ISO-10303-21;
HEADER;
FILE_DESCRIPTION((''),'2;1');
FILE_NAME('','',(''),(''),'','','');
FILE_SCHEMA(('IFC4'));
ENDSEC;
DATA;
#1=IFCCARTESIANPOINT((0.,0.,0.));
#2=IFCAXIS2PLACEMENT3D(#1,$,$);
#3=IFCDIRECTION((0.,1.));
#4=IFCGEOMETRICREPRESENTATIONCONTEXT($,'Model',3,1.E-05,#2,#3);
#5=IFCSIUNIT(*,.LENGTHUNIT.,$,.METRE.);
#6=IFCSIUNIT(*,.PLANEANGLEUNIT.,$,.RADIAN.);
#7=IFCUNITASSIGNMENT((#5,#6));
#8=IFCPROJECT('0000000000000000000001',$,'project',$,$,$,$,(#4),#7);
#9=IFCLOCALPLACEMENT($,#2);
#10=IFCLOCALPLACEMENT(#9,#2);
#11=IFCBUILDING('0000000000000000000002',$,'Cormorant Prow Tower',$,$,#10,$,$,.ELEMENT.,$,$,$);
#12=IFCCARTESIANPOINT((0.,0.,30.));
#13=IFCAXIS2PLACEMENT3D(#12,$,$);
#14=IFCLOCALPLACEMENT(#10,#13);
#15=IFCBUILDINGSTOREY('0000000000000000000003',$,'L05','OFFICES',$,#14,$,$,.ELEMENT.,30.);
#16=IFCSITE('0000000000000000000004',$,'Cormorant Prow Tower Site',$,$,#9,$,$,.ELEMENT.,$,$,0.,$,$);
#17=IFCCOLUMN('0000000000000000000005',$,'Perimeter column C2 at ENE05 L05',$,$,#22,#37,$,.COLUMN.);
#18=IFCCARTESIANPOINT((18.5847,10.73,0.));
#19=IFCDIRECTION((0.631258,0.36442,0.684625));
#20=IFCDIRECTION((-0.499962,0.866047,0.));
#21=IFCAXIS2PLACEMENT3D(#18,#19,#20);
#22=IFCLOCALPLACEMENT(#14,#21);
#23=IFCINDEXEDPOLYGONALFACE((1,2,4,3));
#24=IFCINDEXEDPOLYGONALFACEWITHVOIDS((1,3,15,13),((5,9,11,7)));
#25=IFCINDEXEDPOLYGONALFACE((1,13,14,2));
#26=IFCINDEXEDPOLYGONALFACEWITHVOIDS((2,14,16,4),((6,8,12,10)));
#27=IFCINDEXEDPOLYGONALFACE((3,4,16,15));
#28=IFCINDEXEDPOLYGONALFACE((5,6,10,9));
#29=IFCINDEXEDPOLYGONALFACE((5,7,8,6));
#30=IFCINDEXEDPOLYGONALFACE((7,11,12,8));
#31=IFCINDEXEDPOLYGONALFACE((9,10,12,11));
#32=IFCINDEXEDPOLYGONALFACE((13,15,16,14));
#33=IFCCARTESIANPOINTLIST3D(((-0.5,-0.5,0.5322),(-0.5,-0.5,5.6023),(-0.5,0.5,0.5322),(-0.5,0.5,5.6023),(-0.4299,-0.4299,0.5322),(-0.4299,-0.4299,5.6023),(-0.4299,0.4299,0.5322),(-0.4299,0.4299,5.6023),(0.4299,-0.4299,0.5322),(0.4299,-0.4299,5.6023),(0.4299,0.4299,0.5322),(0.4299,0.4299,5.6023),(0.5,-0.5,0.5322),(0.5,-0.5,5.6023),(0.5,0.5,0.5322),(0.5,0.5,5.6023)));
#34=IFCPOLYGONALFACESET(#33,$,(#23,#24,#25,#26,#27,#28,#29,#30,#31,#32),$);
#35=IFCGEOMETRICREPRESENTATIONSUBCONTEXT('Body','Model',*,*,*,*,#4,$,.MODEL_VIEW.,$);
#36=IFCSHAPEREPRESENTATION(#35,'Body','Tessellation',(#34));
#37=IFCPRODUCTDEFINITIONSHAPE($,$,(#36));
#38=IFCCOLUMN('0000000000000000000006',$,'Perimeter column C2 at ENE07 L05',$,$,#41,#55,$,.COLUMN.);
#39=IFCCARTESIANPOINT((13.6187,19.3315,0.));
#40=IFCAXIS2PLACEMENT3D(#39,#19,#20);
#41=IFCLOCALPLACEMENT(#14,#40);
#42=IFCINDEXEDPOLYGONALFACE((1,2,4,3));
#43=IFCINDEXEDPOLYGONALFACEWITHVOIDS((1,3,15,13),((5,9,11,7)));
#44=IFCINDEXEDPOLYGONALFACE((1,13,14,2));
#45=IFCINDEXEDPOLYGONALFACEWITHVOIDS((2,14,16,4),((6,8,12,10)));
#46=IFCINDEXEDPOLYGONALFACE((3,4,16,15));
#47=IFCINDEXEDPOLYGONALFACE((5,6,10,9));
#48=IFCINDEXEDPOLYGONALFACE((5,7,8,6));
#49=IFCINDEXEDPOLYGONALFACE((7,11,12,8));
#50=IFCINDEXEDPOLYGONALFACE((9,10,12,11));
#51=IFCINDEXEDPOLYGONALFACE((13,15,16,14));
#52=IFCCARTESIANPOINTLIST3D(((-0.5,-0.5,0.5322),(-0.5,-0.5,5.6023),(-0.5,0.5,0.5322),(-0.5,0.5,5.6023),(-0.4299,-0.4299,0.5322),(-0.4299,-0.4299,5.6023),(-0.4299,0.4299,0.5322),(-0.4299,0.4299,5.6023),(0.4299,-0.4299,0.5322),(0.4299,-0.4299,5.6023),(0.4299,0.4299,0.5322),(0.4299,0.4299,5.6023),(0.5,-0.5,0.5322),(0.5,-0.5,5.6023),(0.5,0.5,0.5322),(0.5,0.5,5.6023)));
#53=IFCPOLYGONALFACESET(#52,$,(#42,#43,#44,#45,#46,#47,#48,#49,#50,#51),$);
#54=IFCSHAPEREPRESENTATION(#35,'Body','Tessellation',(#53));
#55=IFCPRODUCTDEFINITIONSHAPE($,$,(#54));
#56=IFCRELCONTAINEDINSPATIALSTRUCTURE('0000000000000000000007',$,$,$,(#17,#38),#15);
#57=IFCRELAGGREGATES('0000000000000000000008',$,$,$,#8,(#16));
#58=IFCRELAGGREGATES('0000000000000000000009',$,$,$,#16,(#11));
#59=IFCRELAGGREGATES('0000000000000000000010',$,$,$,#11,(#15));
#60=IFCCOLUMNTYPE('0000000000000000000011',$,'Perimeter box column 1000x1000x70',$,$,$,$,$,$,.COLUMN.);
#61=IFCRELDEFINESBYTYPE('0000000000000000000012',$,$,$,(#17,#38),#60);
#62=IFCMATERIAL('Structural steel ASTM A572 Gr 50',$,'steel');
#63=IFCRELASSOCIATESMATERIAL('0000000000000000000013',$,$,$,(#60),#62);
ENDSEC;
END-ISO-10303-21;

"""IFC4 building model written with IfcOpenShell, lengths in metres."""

from ifc_helpers import new_model, si_unit, direction, frame, origin, origin_2d, place, context, subcontext, project, spatial, hollow_rectangle, extrude, material, material_profile, profile_set, type_object, element, save


model = new_model("IFC4")

# Units and contexts
model_context = context("Model", 3, precision=1e-05, world=origin(), true_north=direction((0.0, 1.0)))
body_context = subcontext(model_context, "Body", "Model", "MODEL_VIEW")
ifc_project = project(units=[si_unit("LENGTHUNIT", "METRE"), si_unit("PLANEANGLEUNIT", "RADIAN")], contexts=[model_context])

# Site, building, storey
site_placement = place(None, origin())
site = spatial("IfcSite", under=ifc_project, at=site_placement, Name="Cormorant Prow Tower Site", CompositionType="ELEMENT", RefElevation=0.0)
building_placement = place(site_placement, origin())
building = spatial("IfcBuilding", under=site, at=building_placement, Name="Cormorant Prow Tower", CompositionType="ELEMENT")
storey_placement = place(building_placement, frame((0.0, 0.0, 30.0)))
storey = spatial("IfcBuildingStorey", under=building, at=storey_placement, Name="L05", Description="OFFICES", CompositionType="ELEMENT", Elevation=30.0)

# Columns
ifc_material_1 = material(Name="Structural steel ASTM A572 Gr 50", Category="steel")
ifc_material_profile_1 = material_profile(ifc_material_1, hollow_rectangle(XDim=1.0, YDim=1.0, WallThickness=0.0701, at=origin_2d()), Name="Box 1000x1000x70")
ifc_profile_set_1 = profile_set([ifc_material_profile_1], Name="Structural steel ASTM A572 Gr 50")
column_type_1 = type_object("IfcColumnType", Name="Perimeter box column 1000x1000x70", PredefinedType="COLUMN", material=ifc_profile_set_1)
column_1_placement = place(storey_placement, frame((18.5847, 10.73, 0.0), z_axis=(0.631258, 0.36442, 0.684625), x_axis=(-0.499962, 0.866047, 0.0)))
element("IfcColumn", 1, at=column_1_placement, inside=storey, type_object=column_type_1, Name="Perimeter column C2 at ENE05 L05", PredefinedType="COLUMN", context=body_context, shape_type="SweptSolid", body=[
    extrude(hollow_rectangle(XDim=1.0, YDim=1.0, WallThickness=0.0701, at=origin_2d()), frame((0.0, 0.0, 0.5322)), (0.0, 0.0, 1.0), 5.0701),
])
column_2_placement = place(storey_placement, frame((13.6187, 19.3315, 0.0), z_axis=(0.631258, 0.36442, 0.684625), x_axis=(-0.499962, 0.866047, 0.0)))
element("IfcColumn", 2, at=column_2_placement, inside=storey, type_object=column_type_1, Name="Perimeter column C2 at ENE07 L05", PredefinedType="COLUMN", context=body_context, shape_type="SweptSolid", body=[
    extrude(hollow_rectangle(XDim=1.0, YDim=1.0, WallThickness=0.0701, at=origin_2d()), frame((0.0, 0.0, 0.5322)), (0.0, 0.0, 1.0), 5.0701),
])

save(model, "model.ifc")
